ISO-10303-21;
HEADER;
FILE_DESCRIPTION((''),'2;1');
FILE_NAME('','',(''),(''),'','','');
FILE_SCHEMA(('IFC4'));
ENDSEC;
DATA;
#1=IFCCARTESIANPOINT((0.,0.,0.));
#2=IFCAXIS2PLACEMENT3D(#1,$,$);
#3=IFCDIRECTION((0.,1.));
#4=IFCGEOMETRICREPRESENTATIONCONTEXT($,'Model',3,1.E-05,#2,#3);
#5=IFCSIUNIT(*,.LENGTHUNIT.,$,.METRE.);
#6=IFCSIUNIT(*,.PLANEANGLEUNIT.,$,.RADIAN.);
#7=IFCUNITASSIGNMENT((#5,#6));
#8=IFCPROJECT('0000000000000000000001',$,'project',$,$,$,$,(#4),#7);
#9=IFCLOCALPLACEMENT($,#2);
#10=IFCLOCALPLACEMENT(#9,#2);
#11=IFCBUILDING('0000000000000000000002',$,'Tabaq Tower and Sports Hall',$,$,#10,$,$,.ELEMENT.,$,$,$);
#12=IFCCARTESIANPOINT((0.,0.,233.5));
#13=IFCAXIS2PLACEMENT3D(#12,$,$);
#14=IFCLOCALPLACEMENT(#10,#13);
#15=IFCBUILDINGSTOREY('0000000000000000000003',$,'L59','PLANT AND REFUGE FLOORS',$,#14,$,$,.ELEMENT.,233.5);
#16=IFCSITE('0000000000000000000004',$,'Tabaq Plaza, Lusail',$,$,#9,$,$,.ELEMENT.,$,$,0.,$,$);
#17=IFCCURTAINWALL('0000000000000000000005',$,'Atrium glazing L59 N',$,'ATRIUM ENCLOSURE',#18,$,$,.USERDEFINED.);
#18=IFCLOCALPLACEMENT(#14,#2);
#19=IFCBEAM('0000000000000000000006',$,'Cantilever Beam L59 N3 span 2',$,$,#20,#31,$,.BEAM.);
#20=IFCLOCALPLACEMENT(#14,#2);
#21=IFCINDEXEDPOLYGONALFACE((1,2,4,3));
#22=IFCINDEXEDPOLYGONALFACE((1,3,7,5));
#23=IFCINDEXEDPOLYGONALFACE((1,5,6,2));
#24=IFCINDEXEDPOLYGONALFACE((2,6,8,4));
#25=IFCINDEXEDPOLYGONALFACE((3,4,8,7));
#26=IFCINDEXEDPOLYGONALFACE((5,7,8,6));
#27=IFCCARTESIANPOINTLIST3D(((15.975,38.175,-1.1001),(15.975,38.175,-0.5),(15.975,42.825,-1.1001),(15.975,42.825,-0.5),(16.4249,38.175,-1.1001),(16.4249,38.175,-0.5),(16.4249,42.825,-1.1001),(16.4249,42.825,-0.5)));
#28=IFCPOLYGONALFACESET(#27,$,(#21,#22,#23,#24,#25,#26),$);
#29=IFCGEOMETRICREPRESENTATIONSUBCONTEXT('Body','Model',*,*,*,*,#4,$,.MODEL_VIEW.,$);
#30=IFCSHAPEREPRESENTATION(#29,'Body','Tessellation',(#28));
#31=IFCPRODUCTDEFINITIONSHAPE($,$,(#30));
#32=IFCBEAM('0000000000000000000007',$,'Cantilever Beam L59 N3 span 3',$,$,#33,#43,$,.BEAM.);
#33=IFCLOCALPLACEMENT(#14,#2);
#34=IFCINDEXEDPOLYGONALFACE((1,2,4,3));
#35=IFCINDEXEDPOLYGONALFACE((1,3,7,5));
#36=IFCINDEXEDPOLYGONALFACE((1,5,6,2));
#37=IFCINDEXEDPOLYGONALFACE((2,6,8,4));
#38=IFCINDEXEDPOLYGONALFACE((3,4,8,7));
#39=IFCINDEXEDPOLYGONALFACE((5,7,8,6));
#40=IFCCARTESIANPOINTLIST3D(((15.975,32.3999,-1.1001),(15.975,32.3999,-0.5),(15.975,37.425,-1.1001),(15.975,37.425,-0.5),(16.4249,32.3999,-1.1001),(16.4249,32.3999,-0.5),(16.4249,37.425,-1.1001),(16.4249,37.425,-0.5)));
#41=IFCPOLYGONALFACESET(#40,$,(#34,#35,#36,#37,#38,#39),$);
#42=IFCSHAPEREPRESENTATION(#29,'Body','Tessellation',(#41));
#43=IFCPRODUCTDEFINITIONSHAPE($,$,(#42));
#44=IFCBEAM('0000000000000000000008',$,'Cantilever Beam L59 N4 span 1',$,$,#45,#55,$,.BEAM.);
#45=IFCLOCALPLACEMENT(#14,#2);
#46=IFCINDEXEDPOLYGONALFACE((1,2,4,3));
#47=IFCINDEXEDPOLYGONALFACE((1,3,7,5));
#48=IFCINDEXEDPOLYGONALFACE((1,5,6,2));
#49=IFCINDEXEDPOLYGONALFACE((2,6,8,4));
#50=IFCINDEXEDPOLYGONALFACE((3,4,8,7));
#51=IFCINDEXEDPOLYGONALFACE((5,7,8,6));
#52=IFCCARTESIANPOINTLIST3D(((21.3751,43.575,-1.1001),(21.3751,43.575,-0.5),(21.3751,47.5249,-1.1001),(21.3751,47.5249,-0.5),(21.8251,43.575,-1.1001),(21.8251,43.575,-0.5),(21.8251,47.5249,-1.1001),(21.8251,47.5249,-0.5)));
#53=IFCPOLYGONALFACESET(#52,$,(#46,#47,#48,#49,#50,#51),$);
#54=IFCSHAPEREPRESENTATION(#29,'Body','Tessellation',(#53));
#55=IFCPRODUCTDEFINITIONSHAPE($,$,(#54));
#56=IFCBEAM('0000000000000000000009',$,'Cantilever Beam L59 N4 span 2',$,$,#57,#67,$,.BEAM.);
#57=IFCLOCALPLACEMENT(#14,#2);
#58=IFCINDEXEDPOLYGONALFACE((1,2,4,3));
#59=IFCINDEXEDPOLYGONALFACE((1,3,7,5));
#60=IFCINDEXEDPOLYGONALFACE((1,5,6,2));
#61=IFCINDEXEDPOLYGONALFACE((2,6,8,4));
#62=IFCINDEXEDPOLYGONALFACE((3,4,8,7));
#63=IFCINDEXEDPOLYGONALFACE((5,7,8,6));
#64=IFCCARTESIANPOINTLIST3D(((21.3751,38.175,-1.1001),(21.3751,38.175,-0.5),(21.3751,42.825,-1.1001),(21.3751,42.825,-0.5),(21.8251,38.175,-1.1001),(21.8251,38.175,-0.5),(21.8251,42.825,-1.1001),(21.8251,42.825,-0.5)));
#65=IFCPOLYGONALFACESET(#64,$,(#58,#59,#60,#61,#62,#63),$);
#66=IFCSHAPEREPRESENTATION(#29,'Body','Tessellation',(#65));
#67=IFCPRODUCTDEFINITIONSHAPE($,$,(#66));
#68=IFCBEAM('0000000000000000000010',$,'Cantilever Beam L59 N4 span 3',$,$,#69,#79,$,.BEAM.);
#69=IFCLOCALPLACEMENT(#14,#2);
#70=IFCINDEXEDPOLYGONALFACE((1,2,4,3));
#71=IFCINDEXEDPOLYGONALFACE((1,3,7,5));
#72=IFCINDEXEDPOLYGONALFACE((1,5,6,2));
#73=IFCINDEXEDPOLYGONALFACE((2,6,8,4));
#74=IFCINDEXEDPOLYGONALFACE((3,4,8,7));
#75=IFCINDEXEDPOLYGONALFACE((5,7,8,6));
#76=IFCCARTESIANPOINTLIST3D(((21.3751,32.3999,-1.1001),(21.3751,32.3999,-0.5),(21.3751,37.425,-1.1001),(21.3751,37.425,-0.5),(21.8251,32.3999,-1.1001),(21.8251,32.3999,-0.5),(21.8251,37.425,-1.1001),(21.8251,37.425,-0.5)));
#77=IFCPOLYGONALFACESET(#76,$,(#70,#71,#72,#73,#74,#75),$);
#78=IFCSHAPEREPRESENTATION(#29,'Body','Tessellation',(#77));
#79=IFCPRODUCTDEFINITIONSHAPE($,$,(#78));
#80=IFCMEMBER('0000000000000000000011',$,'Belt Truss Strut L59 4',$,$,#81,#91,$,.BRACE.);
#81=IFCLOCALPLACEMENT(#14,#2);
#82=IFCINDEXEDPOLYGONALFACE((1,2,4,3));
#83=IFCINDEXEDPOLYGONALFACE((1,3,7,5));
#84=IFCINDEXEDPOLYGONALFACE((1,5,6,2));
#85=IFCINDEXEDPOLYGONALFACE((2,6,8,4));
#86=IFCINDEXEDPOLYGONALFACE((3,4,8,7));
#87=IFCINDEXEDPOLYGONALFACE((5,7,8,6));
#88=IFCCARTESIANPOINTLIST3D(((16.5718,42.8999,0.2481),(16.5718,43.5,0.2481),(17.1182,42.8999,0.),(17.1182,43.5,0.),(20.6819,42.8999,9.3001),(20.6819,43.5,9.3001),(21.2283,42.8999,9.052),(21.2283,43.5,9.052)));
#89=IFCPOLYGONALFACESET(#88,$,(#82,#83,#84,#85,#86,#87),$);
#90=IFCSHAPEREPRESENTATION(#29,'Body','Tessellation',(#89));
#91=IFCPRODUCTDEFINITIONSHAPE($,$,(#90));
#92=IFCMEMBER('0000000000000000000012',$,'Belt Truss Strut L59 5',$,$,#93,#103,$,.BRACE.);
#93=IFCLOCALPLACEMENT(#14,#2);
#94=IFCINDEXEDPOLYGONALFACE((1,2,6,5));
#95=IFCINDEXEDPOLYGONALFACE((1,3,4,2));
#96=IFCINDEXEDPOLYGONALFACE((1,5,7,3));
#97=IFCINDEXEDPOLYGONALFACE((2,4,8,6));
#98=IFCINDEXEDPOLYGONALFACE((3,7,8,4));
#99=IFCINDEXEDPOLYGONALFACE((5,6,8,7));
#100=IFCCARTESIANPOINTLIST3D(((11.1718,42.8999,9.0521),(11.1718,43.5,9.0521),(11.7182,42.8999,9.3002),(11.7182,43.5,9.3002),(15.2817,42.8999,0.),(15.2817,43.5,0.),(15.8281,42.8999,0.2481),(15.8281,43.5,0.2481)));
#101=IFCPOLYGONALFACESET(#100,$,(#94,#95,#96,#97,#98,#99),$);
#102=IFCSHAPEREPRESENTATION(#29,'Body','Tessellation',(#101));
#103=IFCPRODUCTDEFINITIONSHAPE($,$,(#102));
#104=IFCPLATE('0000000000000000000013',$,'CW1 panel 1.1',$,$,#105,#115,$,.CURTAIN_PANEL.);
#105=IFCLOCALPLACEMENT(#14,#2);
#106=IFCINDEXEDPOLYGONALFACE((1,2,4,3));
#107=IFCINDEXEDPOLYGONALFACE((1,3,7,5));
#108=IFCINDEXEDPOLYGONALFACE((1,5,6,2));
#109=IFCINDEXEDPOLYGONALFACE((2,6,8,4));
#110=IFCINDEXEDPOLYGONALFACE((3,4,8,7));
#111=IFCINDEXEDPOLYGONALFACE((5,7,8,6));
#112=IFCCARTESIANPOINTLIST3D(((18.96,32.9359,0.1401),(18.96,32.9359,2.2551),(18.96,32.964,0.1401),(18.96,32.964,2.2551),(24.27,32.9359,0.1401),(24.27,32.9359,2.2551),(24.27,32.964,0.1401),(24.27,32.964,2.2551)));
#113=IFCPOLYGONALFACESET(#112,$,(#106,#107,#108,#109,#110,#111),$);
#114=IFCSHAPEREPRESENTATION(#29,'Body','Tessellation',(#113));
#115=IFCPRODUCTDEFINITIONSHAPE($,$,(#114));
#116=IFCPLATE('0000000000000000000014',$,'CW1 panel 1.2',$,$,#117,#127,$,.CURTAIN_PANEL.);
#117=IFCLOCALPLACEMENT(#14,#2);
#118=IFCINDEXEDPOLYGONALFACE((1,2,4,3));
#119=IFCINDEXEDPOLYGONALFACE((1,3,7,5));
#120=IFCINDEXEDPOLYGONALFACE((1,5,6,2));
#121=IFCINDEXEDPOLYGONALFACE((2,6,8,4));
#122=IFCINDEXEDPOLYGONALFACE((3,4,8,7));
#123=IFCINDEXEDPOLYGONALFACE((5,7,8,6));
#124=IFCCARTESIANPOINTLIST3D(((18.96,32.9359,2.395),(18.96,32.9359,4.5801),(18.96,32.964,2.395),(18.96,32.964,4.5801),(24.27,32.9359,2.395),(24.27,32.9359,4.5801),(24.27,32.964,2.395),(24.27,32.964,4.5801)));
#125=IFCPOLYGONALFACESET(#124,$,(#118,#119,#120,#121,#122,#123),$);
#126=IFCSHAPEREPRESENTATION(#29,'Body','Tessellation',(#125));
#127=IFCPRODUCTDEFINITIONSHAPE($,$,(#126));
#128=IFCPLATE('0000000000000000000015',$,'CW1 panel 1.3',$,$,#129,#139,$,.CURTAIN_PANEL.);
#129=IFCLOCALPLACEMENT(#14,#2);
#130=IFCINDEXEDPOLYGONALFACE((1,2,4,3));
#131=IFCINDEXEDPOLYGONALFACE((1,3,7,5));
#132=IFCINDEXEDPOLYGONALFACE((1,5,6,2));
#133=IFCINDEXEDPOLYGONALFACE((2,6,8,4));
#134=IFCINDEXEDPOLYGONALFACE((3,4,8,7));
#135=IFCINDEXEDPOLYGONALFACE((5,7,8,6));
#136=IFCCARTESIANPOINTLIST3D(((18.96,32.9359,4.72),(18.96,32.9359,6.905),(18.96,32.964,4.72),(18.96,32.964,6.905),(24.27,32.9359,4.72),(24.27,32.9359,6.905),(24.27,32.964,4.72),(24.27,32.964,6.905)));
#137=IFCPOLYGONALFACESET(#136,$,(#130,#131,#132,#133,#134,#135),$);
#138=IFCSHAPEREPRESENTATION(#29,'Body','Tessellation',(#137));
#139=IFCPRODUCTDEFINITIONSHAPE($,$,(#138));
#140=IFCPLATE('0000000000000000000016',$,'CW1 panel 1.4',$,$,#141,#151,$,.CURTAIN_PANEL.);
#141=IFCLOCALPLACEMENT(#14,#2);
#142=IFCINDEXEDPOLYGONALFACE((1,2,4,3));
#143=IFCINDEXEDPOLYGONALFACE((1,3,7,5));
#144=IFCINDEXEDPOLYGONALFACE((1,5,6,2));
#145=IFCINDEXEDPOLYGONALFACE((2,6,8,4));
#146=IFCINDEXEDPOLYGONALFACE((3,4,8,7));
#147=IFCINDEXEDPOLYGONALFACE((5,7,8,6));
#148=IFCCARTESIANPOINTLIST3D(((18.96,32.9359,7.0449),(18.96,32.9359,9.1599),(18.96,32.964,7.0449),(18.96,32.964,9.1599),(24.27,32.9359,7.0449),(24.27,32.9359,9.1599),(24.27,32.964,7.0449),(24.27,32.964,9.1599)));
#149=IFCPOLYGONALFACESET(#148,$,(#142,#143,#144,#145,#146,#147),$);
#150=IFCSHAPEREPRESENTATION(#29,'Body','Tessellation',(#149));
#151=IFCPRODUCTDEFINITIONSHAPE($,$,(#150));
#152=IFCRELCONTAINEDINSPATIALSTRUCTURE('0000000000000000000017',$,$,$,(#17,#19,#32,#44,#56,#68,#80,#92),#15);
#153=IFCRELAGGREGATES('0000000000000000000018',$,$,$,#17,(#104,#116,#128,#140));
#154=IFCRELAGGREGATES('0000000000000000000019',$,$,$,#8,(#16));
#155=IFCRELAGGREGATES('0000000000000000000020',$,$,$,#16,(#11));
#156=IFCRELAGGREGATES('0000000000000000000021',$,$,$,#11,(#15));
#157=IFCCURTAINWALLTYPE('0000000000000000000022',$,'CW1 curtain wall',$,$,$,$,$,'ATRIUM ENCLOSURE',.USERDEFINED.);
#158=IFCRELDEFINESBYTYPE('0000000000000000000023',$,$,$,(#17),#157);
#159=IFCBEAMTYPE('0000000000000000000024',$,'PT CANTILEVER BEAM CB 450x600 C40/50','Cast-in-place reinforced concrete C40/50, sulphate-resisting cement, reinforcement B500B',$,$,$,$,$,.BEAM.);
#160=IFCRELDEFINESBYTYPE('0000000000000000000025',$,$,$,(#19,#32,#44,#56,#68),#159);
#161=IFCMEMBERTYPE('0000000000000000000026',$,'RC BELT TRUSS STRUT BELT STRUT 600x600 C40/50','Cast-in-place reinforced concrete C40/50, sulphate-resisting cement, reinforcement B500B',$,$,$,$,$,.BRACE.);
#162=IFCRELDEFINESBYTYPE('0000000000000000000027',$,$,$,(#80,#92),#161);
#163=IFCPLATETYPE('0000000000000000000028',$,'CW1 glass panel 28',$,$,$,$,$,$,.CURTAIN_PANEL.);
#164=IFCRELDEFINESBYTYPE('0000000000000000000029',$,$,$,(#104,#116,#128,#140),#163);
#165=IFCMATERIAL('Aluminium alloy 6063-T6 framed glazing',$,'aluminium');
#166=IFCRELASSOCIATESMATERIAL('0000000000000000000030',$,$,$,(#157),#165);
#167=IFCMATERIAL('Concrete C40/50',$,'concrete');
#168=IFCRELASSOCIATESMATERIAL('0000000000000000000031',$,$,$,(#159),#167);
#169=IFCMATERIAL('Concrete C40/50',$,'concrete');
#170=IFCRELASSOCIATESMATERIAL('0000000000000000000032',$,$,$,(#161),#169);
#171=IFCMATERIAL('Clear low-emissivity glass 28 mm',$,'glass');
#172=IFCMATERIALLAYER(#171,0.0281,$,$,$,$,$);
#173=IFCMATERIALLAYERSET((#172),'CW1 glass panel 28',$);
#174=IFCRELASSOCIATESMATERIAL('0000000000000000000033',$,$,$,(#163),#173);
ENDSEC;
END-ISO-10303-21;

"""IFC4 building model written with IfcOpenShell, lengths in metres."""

from ifc_helpers import new_model, si_unit, direction, frame, origin, origin_2d, place, context, subcontext, project, spatial, rectangle, extrude, material, layer, layer_set, material_profile, profile_set, type_object, element, aggregate, save


model = new_model("IFC4")

# Units and contexts
model_context = context("Model", 3, precision=1e-05, world=origin(), true_north=direction((0.0, 1.0)))
body_context = subcontext(model_context, "Body", "Model", "MODEL_VIEW")
ifc_project = project(units=[si_unit("LENGTHUNIT", "METRE"), si_unit("PLANEANGLEUNIT", "RADIAN")], contexts=[model_context])

# Site, building, storey
site_placement = place(None, origin())
site = spatial("IfcSite", under=ifc_project, at=site_placement, Name="Tabaq Plaza, Lusail", CompositionType="ELEMENT", RefElevation=0.0)
building_placement = place(site_placement, origin())
building = spatial("IfcBuilding", under=site, at=building_placement, Name="Tabaq Tower and Sports Hall", CompositionType="ELEMENT")
storey_placement = place(building_placement, frame((0.0, 0.0, 233.5)))
storey = spatial("IfcBuildingStorey", under=building, at=storey_placement, Name="L59", Description="PLANT AND REFUGE FLOORS", CompositionType="ELEMENT", Elevation=233.5)

# Curtain wall
ifc_material_1 = material(Name="Aluminium alloy 6063-T6 framed glazing", Category="aluminium")
curtain_wall_type = type_object("IfcCurtainWallType", Name="CW1 curtain wall", ElementType="ATRIUM ENCLOSURE", PredefinedType="USERDEFINED", material=ifc_material_1)
curtain_wall_placement = place(storey_placement, origin())
curtain_wall = element("IfcCurtainWall", 1, at=curtain_wall_placement, inside=storey, type_object=curtain_wall_type, Name="Atrium glazing L59 N", ObjectType="ATRIUM ENCLOSURE", PredefinedType="USERDEFINED")

# Beams
ifc_material_2 = material(Name="Concrete C40/50", Category="concrete")
ifc_material_profile_1 = material_profile(ifc_material_2, rectangle(XDim=0.45, YDim=0.6001, at=origin_2d()), Name="CB 450x600")
ifc_profile_set_1 = profile_set([ifc_material_profile_1], Name="Concrete C40/50")
beam_type = type_object("IfcBeamType", Name="PT CANTILEVER BEAM CB 450x600 C40/50", Description="Cast-in-place reinforced concrete C40/50, sulphate-resisting cement, reinforcement B500B", PredefinedType="BEAM", material=ifc_profile_set_1)
beam_1_placement = place(storey_placement, frame((16.2, 42.825, -0.8), z_axis=(0.0, -1.0, 0.0), x_axis=(1.0, 0.0, 0.0)))
element("IfcBeam", 2, at=beam_1_placement, inside=storey, type_object=beam_type, Name="Cantilever Beam L59 N3 span 2", PredefinedType="BEAM", context=body_context, shape_type="SweptSolid", body=[
    extrude(rectangle(XDim=0.45, YDim=0.6001, at=origin_2d()), origin(), (0.0, 0.0, 1.0), 4.6499),
])
beam_2_placement = place(storey_placement, frame((16.2, 37.425, -0.8), z_axis=(0.0, -1.0, 0.0), x_axis=(1.0, 0.0, 0.0)))
element("IfcBeam", 3, at=beam_2_placement, inside=storey, type_object=beam_type, Name="Cantilever Beam L59 N3 span 3", PredefinedType="BEAM", context=body_context, shape_type="SweptSolid", body=[
    extrude(rectangle(XDim=0.45, YDim=0.6001, at=origin_2d()), origin(), (0.0, 0.0, 1.0), 5.0251),
])
beam_3_placement = place(storey_placement, frame((21.6001, 47.5249, -0.8), z_axis=(0.0, -1.0, 0.0), x_axis=(1.0, 0.0, 0.0)))
element("IfcBeam", 4, at=beam_3_placement, inside=storey, type_object=beam_type, Name="Cantilever Beam L59 N4 span 1", PredefinedType="BEAM", context=body_context, shape_type="SweptSolid", body=[
    extrude(rectangle(XDim=0.45, YDim=0.6001, at=origin_2d()), origin(), (0.0, 0.0, 1.0), 3.95),
])
beam_4_placement = place(storey_placement, frame((21.6001, 42.825, -0.8), z_axis=(0.0, -1.0, 0.0), x_axis=(1.0, 0.0, 0.0)))
element("IfcBeam", 5, at=beam_4_placement, inside=storey, type_object=beam_type, Name="Cantilever Beam L59 N4 span 2", PredefinedType="BEAM", context=body_context, shape_type="SweptSolid", body=[
    extrude(rectangle(XDim=0.45, YDim=0.6001, at=origin_2d()), origin(), (0.0, 0.0, 1.0), 4.6499),
])
beam_5_placement = place(storey_placement, frame((21.6001, 37.425, -0.8), z_axis=(0.0, -1.0, 0.0), x_axis=(1.0, 0.0, 0.0)))
element("IfcBeam", 6, at=beam_5_placement, inside=storey, type_object=beam_type, Name="Cantilever Beam L59 N4 span 3", PredefinedType="BEAM", context=body_context, shape_type="SweptSolid", body=[
    extrude(rectangle(XDim=0.45, YDim=0.6001, at=origin_2d()), origin(), (0.0, 0.0, 1.0), 5.0251),
])

# Members
ifc_material_3 = material(Name="Concrete C40/50", Category="concrete")
ifc_material_profile_2 = material_profile(ifc_material_3, rectangle(XDim=0.6001, YDim=0.6001, at=origin_2d()), Name="BELT STRUT 600x600")
ifc_profile_set_2 = profile_set([ifc_material_profile_2], Name="Concrete C40/50")
member_type_1 = type_object("IfcMemberType", Name="RC BELT TRUSS STRUT BELT STRUT 600x600 C40/50", Description="Cast-in-place reinforced concrete C40/50, sulphate-resisting cement, reinforcement B500B", PredefinedType="BRACE", material=ifc_profile_set_2)
for number, where, z_axis, x_axis, name in (
    (7, (16.845, 43.2, 0.124), (0.413433, 0.0, 0.910535), (0.0, 1.0, 0.0), "Belt Truss Strut L59 4"),
    (8, (15.5549, 43.2, 0.124), (-0.413412, 0.0, 0.910544), (0.0, -1.0, 0.0), "Belt Truss Strut L59 5"),
):
    element("IfcMember", number, at=place(storey_placement, frame(where, z_axis=z_axis, x_axis=x_axis)), inside=storey, type_object=member_type_1, Name=name, PredefinedType="BRACE", context=body_context, shape_type="SweptSolid", body=[
        extrude(rectangle(XDim=0.6001, YDim=0.6001, at=origin_2d()), origin(), (0.0, 0.0, 1.0), 9.9414),
    ])

# Plates
ifc_material_4 = material(Name="Clear low-emissivity glass 28 mm", Category="glass")
ifc_layer_1 = layer(ifc_material_4, 0.0281)
ifc_layer_set_1 = layer_set([ifc_layer_1], Name="CW1 glass panel 28")
plate_type_1 = type_object("IfcPlateType", Name="CW1 glass panel 28", PredefinedType="CURTAIN_PANEL", material=ifc_layer_set_1)
plate_1_placement = place(storey_placement, frame((21.615, 32.95, 0.1401), z_axis=(0.0, 0.0, 1.0), x_axis=(1.0, 0.0, 0.0)))
plate_1 = element("IfcPlate", 9, at=plate_1_placement, type_object=plate_type_1, Name="CW1 panel 1.1", PredefinedType="CURTAIN_PANEL", context=body_context, shape_type="SweptSolid", body=[
    extrude(rectangle(XDim=5.3101, YDim=0.0281, at=origin_2d()), origin(), (0.0, 0.0, 1.0), 2.115),
])
plate_2_placement = place(storey_placement, frame((21.615, 32.95, 2.395), z_axis=(0.0, 0.0, 1.0), x_axis=(1.0, 0.0, 0.0)))
plate_2 = element("IfcPlate", 10, at=plate_2_placement, type_object=plate_type_1, Name="CW1 panel 1.2", PredefinedType="CURTAIN_PANEL", context=body_context, shape_type="SweptSolid", body=[
    extrude(rectangle(XDim=5.3101, YDim=0.0281, at=origin_2d()), origin(), (0.0, 0.0, 1.0), 2.1851),
])
plate_3_placement = place(storey_placement, frame((21.615, 32.95, 4.72), z_axis=(0.0, 0.0, 1.0), x_axis=(1.0, 0.0, 0.0)))
plate_3 = element("IfcPlate", 11, at=plate_3_placement, type_object=plate_type_1, Name="CW1 panel 1.3", PredefinedType="CURTAIN_PANEL", context=body_context, shape_type="SweptSolid", body=[
    extrude(rectangle(XDim=5.3101, YDim=0.0281, at=origin_2d()), origin(), (0.0, 0.0, 1.0), 2.1851),
])
plate_4_placement = place(storey_placement, frame((21.615, 32.95, 7.0449), z_axis=(0.0, 0.0, 1.0), x_axis=(1.0, 0.0, 0.0)))
plate_4 = element("IfcPlate", 12, at=plate_4_placement, type_object=plate_type_1, Name="CW1 panel 1.4", PredefinedType="CURTAIN_PANEL", context=body_context, shape_type="SweptSolid", body=[
    extrude(rectangle(XDim=5.3101, YDim=0.0281, at=origin_2d()), origin(), (0.0, 0.0, 1.0), 2.115),
])
aggregate(curtain_wall, [plate_1, plate_2, plate_3, plate_4])

save(model, "model.ifc")
